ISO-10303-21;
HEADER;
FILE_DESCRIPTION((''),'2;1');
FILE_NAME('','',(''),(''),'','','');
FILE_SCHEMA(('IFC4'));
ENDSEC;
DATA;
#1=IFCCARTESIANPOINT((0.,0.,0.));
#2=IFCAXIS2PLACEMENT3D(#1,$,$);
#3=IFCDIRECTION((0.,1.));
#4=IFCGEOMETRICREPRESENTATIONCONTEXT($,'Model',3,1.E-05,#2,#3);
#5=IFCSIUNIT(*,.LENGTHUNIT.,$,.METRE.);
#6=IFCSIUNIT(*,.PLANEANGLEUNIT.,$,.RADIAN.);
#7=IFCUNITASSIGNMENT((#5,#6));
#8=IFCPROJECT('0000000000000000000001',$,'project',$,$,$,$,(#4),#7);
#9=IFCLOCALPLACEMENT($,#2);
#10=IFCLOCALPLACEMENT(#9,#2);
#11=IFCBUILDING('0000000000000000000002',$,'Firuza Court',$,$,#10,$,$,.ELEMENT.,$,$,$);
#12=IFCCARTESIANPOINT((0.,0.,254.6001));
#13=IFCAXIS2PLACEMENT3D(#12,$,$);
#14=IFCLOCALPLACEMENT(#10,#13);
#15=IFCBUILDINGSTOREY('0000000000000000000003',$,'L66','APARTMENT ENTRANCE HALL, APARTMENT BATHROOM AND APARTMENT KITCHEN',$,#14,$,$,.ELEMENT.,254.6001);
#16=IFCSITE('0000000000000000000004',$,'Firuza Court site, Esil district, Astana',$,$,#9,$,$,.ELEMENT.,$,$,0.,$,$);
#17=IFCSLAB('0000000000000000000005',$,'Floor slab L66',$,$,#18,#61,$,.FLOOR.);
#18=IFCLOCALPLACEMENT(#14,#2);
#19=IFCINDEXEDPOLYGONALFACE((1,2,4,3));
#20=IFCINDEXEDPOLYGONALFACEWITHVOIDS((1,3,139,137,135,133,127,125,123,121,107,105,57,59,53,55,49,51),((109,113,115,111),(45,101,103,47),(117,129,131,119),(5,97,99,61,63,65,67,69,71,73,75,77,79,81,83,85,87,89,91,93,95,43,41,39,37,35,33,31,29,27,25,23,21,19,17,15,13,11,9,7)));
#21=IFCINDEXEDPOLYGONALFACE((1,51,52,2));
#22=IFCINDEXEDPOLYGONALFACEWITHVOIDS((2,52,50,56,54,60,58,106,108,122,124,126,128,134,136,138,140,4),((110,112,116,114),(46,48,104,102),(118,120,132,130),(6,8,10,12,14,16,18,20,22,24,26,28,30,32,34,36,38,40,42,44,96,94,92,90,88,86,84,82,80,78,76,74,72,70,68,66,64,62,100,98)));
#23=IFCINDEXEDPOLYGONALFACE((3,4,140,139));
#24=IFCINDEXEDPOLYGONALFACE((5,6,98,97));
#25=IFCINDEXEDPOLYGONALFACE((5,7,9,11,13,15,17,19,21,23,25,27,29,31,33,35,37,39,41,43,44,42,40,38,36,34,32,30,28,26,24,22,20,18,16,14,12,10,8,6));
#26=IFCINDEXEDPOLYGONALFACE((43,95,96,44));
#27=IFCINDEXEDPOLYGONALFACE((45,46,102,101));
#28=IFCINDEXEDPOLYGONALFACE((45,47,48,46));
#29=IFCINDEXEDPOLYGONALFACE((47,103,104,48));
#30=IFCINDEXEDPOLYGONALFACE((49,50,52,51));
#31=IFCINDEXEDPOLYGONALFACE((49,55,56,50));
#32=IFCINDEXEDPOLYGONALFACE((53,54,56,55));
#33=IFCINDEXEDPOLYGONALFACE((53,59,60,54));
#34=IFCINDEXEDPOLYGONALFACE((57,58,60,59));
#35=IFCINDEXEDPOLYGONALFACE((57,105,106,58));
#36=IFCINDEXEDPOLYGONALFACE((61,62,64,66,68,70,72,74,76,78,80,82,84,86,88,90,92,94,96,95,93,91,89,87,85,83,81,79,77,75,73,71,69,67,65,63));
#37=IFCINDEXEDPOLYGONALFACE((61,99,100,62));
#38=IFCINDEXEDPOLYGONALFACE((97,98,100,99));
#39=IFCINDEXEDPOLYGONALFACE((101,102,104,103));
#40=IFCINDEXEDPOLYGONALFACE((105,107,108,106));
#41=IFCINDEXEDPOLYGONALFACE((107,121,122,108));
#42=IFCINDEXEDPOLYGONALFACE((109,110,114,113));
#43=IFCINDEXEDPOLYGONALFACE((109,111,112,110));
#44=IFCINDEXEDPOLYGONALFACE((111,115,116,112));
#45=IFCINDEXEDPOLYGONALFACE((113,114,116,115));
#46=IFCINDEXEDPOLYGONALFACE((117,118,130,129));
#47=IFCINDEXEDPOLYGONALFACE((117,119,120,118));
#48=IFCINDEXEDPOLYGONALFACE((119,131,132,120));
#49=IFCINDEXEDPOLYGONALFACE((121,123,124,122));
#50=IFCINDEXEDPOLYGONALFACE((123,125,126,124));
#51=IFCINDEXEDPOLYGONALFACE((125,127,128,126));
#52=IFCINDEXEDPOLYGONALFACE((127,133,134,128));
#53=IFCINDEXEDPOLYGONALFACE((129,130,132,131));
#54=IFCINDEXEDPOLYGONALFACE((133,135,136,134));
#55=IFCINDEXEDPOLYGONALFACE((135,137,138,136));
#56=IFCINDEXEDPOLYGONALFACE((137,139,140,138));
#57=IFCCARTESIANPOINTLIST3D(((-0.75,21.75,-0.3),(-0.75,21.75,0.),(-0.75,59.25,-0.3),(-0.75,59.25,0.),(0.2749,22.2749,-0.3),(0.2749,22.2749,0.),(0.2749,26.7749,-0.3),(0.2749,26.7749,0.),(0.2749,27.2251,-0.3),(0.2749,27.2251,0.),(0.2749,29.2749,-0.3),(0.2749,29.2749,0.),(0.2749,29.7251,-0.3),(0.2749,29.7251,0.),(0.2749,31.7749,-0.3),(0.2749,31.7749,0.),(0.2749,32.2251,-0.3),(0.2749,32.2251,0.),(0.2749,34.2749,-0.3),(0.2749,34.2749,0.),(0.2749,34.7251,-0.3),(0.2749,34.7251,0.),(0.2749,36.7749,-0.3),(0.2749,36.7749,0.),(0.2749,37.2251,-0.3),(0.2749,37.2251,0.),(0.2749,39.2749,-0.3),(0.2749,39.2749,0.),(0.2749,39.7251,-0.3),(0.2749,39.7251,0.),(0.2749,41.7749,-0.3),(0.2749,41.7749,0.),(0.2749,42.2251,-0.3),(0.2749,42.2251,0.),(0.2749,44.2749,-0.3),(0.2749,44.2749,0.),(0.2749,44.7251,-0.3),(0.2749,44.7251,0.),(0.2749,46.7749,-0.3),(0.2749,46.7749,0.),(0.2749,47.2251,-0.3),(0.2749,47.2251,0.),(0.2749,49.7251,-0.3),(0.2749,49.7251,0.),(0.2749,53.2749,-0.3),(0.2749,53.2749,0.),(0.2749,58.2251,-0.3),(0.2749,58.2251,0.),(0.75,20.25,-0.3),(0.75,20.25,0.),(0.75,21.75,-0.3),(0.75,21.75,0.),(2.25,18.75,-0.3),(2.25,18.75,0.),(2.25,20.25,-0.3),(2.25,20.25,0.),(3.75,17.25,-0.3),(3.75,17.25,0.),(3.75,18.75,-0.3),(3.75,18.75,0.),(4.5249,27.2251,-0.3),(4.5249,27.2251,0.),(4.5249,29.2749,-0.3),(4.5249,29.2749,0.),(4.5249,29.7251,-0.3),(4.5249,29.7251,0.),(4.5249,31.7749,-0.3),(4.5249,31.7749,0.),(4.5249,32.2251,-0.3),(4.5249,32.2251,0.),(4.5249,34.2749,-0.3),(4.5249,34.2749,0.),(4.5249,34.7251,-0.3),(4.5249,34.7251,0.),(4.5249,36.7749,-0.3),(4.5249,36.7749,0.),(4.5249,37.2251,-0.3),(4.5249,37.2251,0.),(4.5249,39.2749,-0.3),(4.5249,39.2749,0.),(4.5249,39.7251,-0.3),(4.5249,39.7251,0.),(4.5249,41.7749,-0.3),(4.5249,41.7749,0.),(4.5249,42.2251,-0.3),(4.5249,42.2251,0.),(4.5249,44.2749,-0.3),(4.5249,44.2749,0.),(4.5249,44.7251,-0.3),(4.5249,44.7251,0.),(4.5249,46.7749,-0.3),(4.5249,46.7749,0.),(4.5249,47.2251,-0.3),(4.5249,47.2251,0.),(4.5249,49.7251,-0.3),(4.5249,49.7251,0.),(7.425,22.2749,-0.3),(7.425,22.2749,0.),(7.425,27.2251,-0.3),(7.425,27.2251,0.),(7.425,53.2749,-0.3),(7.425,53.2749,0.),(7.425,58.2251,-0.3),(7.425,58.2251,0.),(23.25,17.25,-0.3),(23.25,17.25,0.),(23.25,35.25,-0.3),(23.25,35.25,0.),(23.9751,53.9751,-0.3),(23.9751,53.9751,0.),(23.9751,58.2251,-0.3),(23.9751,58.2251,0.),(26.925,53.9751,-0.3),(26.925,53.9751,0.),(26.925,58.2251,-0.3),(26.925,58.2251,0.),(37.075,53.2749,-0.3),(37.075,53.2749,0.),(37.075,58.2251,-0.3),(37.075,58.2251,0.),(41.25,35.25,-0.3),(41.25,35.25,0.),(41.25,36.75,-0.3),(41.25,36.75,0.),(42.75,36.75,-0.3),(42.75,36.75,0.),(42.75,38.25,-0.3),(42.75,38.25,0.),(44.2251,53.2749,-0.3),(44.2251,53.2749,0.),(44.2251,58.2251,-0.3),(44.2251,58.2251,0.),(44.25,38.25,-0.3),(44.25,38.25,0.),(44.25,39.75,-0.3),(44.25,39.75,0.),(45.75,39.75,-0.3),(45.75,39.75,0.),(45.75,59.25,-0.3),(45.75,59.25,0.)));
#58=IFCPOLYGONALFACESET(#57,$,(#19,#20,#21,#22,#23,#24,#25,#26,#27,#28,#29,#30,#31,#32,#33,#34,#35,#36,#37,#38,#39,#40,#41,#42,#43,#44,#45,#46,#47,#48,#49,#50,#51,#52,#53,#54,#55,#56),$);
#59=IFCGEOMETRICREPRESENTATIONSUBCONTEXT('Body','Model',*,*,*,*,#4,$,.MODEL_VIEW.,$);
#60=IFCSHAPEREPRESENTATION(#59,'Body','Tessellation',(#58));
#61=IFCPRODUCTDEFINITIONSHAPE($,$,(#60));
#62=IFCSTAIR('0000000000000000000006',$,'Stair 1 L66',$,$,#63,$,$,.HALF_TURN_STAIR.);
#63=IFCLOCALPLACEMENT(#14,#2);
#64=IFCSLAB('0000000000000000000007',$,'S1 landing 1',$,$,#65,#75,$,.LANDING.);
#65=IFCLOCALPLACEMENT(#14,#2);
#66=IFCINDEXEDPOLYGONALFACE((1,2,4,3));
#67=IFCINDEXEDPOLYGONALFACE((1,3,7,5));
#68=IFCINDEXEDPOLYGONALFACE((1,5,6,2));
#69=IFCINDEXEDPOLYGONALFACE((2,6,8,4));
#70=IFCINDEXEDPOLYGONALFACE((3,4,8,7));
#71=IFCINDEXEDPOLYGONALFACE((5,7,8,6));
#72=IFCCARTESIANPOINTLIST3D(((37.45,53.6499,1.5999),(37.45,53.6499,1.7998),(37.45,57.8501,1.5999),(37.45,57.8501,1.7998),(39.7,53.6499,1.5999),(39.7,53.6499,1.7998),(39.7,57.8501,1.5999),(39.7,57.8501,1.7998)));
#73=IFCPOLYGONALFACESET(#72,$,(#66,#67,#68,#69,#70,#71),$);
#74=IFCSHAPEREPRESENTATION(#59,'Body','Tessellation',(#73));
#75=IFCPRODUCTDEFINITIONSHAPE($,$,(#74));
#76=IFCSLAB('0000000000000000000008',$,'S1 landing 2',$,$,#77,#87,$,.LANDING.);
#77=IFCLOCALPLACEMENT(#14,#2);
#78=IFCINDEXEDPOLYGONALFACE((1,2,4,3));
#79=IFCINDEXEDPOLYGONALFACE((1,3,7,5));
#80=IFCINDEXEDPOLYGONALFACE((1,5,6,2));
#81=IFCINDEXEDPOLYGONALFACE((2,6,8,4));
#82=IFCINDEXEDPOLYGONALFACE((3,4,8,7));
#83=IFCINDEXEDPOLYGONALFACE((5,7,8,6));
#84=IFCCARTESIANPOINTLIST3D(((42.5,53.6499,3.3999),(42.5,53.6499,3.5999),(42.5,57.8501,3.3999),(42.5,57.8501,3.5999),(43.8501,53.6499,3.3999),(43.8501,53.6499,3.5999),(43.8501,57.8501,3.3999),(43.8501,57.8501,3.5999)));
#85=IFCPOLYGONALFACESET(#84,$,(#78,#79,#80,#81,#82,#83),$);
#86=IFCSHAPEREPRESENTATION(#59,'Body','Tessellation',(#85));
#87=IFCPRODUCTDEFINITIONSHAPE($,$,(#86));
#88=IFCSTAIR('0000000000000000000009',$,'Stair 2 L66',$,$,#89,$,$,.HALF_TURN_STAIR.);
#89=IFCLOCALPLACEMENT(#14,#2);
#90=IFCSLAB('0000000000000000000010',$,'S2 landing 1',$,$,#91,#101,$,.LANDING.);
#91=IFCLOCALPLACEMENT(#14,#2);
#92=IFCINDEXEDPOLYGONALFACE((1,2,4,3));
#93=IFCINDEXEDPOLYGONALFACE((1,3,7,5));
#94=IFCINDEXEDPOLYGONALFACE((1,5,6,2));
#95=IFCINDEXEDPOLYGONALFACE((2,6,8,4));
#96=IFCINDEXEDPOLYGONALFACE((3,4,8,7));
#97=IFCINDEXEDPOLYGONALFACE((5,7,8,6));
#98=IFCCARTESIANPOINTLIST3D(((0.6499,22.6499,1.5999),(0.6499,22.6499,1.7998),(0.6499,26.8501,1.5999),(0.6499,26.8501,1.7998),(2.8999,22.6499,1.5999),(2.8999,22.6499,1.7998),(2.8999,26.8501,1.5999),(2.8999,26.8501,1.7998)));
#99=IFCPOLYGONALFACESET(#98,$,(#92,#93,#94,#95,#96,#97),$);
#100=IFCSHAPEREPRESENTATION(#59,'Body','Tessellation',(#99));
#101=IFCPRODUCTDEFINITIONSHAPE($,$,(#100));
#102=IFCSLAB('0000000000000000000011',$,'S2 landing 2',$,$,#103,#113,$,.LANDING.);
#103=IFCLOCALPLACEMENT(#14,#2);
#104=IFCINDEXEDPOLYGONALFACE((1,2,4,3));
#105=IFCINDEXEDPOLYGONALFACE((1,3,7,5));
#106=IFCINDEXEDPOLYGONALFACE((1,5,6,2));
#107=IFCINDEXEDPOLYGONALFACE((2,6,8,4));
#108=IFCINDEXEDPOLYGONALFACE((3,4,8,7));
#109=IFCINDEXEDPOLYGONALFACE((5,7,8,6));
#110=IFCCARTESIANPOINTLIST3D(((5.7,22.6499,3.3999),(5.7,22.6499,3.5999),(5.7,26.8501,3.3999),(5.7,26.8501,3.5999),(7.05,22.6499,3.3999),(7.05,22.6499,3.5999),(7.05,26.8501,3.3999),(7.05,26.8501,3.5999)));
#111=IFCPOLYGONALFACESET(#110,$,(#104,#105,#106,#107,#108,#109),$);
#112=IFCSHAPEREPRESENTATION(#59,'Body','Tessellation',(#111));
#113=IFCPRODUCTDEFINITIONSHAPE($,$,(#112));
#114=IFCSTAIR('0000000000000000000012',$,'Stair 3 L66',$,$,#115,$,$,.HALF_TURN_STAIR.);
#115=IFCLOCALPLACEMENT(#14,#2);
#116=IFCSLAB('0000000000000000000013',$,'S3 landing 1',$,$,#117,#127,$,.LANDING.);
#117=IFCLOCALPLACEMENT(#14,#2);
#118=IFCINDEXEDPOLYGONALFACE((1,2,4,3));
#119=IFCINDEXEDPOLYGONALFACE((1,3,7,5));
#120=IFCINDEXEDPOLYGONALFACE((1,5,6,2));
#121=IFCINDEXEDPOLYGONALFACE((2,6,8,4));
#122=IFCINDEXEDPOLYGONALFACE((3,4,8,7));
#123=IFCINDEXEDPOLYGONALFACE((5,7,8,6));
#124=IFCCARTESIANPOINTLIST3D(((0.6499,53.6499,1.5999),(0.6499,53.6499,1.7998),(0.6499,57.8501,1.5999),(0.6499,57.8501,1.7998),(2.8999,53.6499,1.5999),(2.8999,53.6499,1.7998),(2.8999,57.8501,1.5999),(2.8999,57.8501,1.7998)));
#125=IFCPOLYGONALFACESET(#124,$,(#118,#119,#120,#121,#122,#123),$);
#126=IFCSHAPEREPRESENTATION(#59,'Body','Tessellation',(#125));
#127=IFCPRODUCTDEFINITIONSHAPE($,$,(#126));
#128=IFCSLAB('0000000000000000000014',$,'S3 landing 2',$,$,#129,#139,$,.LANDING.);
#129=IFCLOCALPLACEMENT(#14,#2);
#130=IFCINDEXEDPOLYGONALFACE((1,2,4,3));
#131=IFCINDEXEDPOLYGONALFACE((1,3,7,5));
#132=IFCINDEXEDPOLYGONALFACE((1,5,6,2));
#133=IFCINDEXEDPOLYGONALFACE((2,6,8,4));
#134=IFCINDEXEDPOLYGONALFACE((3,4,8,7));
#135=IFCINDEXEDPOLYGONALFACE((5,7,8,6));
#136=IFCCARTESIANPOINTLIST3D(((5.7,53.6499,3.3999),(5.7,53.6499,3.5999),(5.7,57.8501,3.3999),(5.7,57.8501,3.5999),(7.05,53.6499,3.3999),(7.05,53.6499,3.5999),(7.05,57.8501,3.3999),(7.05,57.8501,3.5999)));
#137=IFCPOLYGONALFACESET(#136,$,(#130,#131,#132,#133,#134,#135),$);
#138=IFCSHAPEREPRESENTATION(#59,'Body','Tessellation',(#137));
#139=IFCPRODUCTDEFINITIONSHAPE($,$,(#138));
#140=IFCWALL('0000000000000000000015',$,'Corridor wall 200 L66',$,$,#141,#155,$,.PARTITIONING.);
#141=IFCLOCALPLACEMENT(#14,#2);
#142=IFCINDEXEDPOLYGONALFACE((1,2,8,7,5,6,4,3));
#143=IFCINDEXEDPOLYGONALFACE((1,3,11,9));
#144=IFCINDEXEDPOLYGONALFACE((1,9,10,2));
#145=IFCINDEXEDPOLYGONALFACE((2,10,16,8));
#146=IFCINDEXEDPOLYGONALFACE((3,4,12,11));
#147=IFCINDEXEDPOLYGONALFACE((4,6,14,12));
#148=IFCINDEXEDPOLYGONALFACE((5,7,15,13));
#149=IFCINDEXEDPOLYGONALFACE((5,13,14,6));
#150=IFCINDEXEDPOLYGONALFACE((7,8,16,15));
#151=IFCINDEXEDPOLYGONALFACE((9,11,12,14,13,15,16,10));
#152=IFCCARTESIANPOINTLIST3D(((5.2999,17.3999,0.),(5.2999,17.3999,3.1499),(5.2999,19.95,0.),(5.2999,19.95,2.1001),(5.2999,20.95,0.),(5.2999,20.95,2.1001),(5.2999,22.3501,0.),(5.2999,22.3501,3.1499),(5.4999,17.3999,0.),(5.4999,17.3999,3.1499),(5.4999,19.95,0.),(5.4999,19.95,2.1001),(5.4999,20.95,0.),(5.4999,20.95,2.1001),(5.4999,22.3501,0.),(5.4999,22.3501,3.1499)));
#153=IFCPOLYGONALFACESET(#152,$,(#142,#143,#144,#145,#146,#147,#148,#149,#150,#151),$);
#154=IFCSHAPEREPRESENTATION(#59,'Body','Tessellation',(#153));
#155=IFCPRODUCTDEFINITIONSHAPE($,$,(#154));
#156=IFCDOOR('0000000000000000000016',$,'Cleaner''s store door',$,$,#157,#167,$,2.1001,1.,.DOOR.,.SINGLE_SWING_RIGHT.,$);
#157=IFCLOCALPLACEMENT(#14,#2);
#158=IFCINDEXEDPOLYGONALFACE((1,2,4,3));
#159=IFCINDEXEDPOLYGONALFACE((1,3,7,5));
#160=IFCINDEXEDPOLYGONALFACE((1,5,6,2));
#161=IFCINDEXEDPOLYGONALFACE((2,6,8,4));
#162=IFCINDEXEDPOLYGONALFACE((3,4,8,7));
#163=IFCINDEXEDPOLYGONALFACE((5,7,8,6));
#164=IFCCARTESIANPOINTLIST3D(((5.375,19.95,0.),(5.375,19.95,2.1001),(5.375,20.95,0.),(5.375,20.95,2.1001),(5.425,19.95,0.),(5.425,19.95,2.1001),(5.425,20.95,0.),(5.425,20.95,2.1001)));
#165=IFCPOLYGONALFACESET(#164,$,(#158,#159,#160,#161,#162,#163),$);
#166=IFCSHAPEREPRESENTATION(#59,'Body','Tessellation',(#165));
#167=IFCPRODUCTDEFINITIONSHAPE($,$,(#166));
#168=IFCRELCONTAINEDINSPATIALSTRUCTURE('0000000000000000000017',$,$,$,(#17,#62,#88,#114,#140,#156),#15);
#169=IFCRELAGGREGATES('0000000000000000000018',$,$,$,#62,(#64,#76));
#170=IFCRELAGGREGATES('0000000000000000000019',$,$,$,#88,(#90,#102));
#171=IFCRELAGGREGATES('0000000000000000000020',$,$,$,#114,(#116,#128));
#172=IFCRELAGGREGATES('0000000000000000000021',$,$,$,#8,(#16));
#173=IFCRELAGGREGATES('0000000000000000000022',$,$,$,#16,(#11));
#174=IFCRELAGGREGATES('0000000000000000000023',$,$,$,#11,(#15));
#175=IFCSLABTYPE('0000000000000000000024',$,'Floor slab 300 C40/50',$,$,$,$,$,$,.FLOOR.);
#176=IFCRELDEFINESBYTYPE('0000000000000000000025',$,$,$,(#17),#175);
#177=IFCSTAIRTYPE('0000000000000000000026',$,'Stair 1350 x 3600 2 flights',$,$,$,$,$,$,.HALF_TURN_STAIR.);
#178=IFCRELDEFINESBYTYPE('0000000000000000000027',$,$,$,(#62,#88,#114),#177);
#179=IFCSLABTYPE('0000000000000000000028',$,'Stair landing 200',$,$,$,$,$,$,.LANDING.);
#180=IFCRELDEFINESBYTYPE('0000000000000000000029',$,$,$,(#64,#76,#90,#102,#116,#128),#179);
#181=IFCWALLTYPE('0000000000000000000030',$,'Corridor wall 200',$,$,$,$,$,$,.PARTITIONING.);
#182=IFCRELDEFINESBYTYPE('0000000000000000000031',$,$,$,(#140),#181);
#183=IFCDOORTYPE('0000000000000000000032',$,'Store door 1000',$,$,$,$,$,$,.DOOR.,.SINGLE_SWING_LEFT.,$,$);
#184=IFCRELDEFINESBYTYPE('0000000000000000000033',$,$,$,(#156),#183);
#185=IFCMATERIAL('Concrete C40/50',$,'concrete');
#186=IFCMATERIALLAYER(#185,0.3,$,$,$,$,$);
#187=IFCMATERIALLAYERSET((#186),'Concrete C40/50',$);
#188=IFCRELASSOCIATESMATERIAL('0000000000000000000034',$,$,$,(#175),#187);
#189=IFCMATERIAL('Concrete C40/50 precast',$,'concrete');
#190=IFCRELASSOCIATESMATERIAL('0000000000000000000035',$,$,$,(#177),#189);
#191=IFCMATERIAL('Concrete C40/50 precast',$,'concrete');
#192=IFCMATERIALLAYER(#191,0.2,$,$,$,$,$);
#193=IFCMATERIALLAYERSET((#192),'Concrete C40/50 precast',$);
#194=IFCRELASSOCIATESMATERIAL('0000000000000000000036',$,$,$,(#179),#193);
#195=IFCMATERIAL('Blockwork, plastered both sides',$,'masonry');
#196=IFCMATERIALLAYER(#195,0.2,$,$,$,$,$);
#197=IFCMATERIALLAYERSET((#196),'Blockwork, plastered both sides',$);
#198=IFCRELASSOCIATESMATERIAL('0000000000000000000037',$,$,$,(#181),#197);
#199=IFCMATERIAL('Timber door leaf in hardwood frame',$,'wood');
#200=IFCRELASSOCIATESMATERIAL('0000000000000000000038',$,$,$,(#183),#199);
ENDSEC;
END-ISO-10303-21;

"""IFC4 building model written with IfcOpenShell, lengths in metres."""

from ifc_helpers import new_model, si_unit, direction, frame, frame_2d, origin, place, context, subcontext, project, spatial, polyline, rectangle, outline, extrude, material, layer, layer_set, type_object, element, fill, aggregate, save


model = new_model("IFC4")

# Units and contexts
model_context = context("Model", 3, precision=1e-05, world=origin(), true_north=direction((0.0, 1.0)))
body_context = subcontext(model_context, "Body", "Model", "MODEL_VIEW")
ifc_project = project(units=[si_unit("LENGTHUNIT", "METRE"), si_unit("PLANEANGLEUNIT", "RADIAN")], contexts=[model_context])

# Site, building, storey
site_placement = place(None, origin())
site = spatial("IfcSite", under=ifc_project, at=site_placement, Name="Firuza Court site, Esil district, Astana", CompositionType="ELEMENT", RefElevation=0.0)
building_placement = place(site_placement, origin())
building = spatial("IfcBuilding", under=site, at=building_placement, Name="Firuza Court", CompositionType="ELEMENT")
storey_placement = place(building_placement, frame((0.0, 0.0, 254.6001)))
storey = spatial("IfcBuildingStorey", under=building, at=storey_placement, Name="L66", Description="APARTMENT ENTRANCE HALL, APARTMENT BATHROOM AND APARTMENT KITCHEN", CompositionType="ELEMENT", Elevation=254.6001)

# Slab
ifc_material_1 = material(Name="Concrete C40/50", Category="concrete")
ifc_layer_1 = layer(ifc_material_1, 0.3)
ifc_layer_set_1 = layer_set([ifc_layer_1], Name="Concrete C40/50")
slab_type_1 = type_object("IfcSlabType", Name="Floor slab 300 C40/50", PredefinedType="FLOOR", material=ifc_layer_set_1)
slab_1_placement = place(storey_placement, frame((0.0, 0.0, -0.3)))
element("IfcSlab", 1, at=slab_1_placement, inside=storey, type_object=slab_type_1, Name="Floor slab L66", PredefinedType="FLOOR", context=body_context, shape_type="SweptSolid", body=[
    extrude(outline(polyline([(-0.75, 59.25), (45.75, 59.25), (45.75, 39.75), (44.25, 39.75), (44.25, 38.25), (42.75, 38.25), (42.75, 36.75), (41.25, 36.75), (41.25, 35.25), (23.25, 35.25), (23.25, 17.25), (3.75, 17.25), (3.75, 18.75), (2.25, 18.75), (2.25, 20.25), (0.75, 20.25), (0.75, 21.75), (-0.75, 21.75), (-0.75, 59.25)]), holes=[polyline([(0.2749, 34.2749), (0.2749, 32.2251), (0.2749, 31.7749), (0.2749, 29.7251), (0.2749, 29.2749), (0.2749, 27.2251), (0.2749, 26.7749), (0.2749, 22.2749), (7.425, 22.2749), (7.425, 27.2251), (4.5249, 27.2251), (4.5249, 29.2749), (4.5249, 29.7251), (4.5249, 31.7749), (4.5249, 32.2251), (4.5249, 34.2749), (4.5249, 34.7251), (4.5249, 36.7749), (4.5249, 37.2251), (4.5249, 39.2749), (4.5249, 39.7251), (4.5249, 41.7749), (4.5249, 42.2251), (4.5249, 44.2749), (4.5249, 44.7251), (4.5249, 46.7749), (4.5249, 47.2251), (4.5249, 49.7251), (0.2749, 49.7251), (0.2749, 47.2251), (0.2749, 46.7749), (0.2749, 44.7251), (0.2749, 44.2749), (0.2749, 42.2251), (0.2749, 41.7749), (0.2749, 39.7251), (0.2749, 39.2749), (0.2749, 37.2251), (0.2749, 36.7749), (0.2749, 34.7251), (0.2749, 34.2749)]), polyline([(7.425, 58.2251), (0.2749, 58.2251), (0.2749, 53.2749), (7.425, 53.2749), (7.425, 58.2251)]), polyline([(44.2251, 58.2251), (37.075, 58.2251), (37.075, 53.2749), (44.2251, 53.2749), (44.2251, 58.2251)]), polyline([(26.925, 58.2251), (23.9751, 58.2251), (23.9751, 53.9751), (26.925, 53.9751), (26.925, 58.2251)])]), origin(), (0.0, 0.0, 1.0), 0.3),
])

# Stairs, slabs
ifc_material_2 = material(Name="Concrete C40/50 precast", Category="concrete")
stair_type = type_object("IfcStairType", Name="Stair 1350 x 3600 2 flights", PredefinedType="HALF_TURN_STAIR", material=ifc_material_2)
stair_1_placement = place(storey_placement, origin())
stair_1 = element("IfcStair", 2, at=stair_1_placement, inside=storey, type_object=stair_type, Name="Stair 1 L66", PredefinedType="HALF_TURN_STAIR")
ifc_material_3 = material(Name="Concrete C40/50 precast", Category="concrete")
ifc_layer_2 = layer(ifc_material_3, 0.2)
ifc_layer_set_2 = layer_set([ifc_layer_2], Name="Concrete C40/50 precast")
slab_type_2 = type_object("IfcSlabType", Name="Stair landing 200", PredefinedType="LANDING", material=ifc_layer_set_2)
slab_2_placement = place(storey_placement, frame((0.0, 0.0, 1.5999)))
slab_2 = element("IfcSlab", 3, at=slab_2_placement, type_object=slab_type_2, Name="S1 landing 1", PredefinedType="LANDING", context=body_context, shape_type="SweptSolid", body=[
    extrude(outline(polyline([(39.7, 53.6499), (39.7, 57.8501), (37.45, 57.8501), (37.45, 53.6499), (39.7, 53.6499)])), origin(), (0.0, 0.0, 1.0), 0.2),
])
slab_3_placement = place(storey_placement, frame((0.0, 0.0, 3.3999)))
slab_3 = element("IfcSlab", 4, at=slab_3_placement, type_object=slab_type_2, Name="S1 landing 2", PredefinedType="LANDING", context=body_context, shape_type="SweptSolid", body=[
    extrude(outline(polyline([(43.8501, 53.6499), (43.8501, 57.8501), (42.5, 57.8501), (42.5, 53.6499), (43.8501, 53.6499)])), origin(), (0.0, 0.0, 1.0), 0.2),
])
aggregate(stair_1, [slab_2, slab_3])
stair_2_placement = place(storey_placement, origin())
stair_2 = element("IfcStair", 5, at=stair_2_placement, inside=storey, type_object=stair_type, Name="Stair 2 L66", PredefinedType="HALF_TURN_STAIR")
slab_4_placement = place(storey_placement, frame((0.0, 0.0, 1.5999)))
slab_4 = element("IfcSlab", 6, at=slab_4_placement, type_object=slab_type_2, Name="S2 landing 1", PredefinedType="LANDING", context=body_context, shape_type="SweptSolid", body=[
    extrude(outline(polyline([(2.8999, 22.6499), (2.8999, 26.8501), (0.6499, 26.8501), (0.6499, 22.6499), (2.8999, 22.6499)])), origin(), (0.0, 0.0, 1.0), 0.2),
])
slab_5_placement = place(storey_placement, frame((0.0, 0.0, 3.3999)))
slab_5 = element("IfcSlab", 7, at=slab_5_placement, type_object=slab_type_2, Name="S2 landing 2", PredefinedType="LANDING", context=body_context, shape_type="SweptSolid", body=[
    extrude(outline(polyline([(7.05, 22.6499), (7.05, 26.8501), (5.7, 26.8501), (5.7, 22.6499), (7.05, 22.6499)])), origin(), (0.0, 0.0, 1.0), 0.2),
])
aggregate(stair_2, [slab_4, slab_5])
stair_3_placement = place(storey_placement, origin())
stair_3 = element("IfcStair", 8, at=stair_3_placement, inside=storey, type_object=stair_type, Name="Stair 3 L66", PredefinedType="HALF_TURN_STAIR")
slab_6_placement = place(storey_placement, frame((0.0, 0.0, 1.5999)))
slab_6 = element("IfcSlab", 9, at=slab_6_placement, type_object=slab_type_2, Name="S3 landing 1", PredefinedType="LANDING", context=body_context, shape_type="SweptSolid", body=[
    extrude(outline(polyline([(2.8999, 53.6499), (2.8999, 57.8501), (0.6499, 57.8501), (0.6499, 53.6499), (2.8999, 53.6499)])), origin(), (0.0, 0.0, 1.0), 0.2),
])
slab_7_placement = place(storey_placement, frame((0.0, 0.0, 3.3999)))
slab_7 = element("IfcSlab", 10, at=slab_7_placement, type_object=slab_type_2, Name="S3 landing 2", PredefinedType="LANDING", context=body_context, shape_type="SweptSolid", body=[
    extrude(outline(polyline([(7.05, 53.6499), (7.05, 57.8501), (5.7, 57.8501), (5.7, 53.6499), (7.05, 53.6499)])), origin(), (0.0, 0.0, 1.0), 0.2),
])
aggregate(stair_3, [slab_6, slab_7])

# Wall, opening, door
ifc_material_4 = material(Name="Blockwork, plastered both sides", Category="masonry")
ifc_layer_3 = layer(ifc_material_4, 0.2)
ifc_layer_set_3 = layer_set([ifc_layer_3], Name="Blockwork, plastered both sides")
wall_type_1 = type_object("IfcWallType", Name="Corridor wall 200", PredefinedType="PARTITIONING", material=ifc_layer_set_3)
wall_1_placement = place(storey_placement, frame((5.3999, 17.3999, 0.0), z_axis=(0.0, 0.0, 1.0), x_axis=(0.0, 1.0, 0.0)))
wall_1 = element("IfcWall", 11, at=wall_1_placement, inside=storey, type_object=wall_type_1, Name="Corridor wall 200 L66", PredefinedType="PARTITIONING", context=body_context, shape_type="SweptSolid", body=[
    extrude(rectangle(XDim=4.9502, YDim=0.2, at=frame_2d((2.4751, 0.0))), origin(), (0.0, 0.0, 1.0), 3.1499),
])
opening_1_placement = place(wall_1_placement, frame((2.55, 0.0, 0.0)))
opening_1 = element("IfcOpeningElement", 12, at=opening_1_placement, cuts=wall_1, PredefinedType="OPENING", context=body_context, shape_type="SweptSolid", body=[
    extrude(rectangle(XDim=1.0, YDim=2.1001, at=frame_2d((0.5, 1.05))), frame((0.0, 0.1118, 0.0), z_axis=(0.0, -1.0, 0.0), x_axis=(1.0, 0.0, 0.0)), (0.0, 0.0, 1.0), 0.2239),
])
ifc_material_5 = material(Name="Timber door leaf in hardwood frame", Category="wood")
door_type_1 = type_object("IfcDoorType", Name="Store door 1000", OperationType="SINGLE_SWING_LEFT", PredefinedType="DOOR", material=ifc_material_5)
door_1_placement = place(opening_1_placement, origin())
door_1 = element("IfcDoor", 13, at=door_1_placement, inside=storey, type_object=door_type_1, Name="Cleaner's store door", OperationType="SINGLE_SWING_RIGHT", OverallHeight=2.1001, OverallWidth=1.0, PredefinedType="DOOR", context=body_context, shape_type="SweptSolid", body=[
    extrude(rectangle(XDim=1.0, YDim=2.1001, at=frame_2d((0.5, 1.05))), frame((0.0, 0.0249, 0.0), z_axis=(0.0, -1.0, 0.0), x_axis=(1.0, 0.0, 0.0)), (0.0, 0.0, 1.0), 0.05),
])
fill(opening_1, door_1)

save(model, "model.ifc")
